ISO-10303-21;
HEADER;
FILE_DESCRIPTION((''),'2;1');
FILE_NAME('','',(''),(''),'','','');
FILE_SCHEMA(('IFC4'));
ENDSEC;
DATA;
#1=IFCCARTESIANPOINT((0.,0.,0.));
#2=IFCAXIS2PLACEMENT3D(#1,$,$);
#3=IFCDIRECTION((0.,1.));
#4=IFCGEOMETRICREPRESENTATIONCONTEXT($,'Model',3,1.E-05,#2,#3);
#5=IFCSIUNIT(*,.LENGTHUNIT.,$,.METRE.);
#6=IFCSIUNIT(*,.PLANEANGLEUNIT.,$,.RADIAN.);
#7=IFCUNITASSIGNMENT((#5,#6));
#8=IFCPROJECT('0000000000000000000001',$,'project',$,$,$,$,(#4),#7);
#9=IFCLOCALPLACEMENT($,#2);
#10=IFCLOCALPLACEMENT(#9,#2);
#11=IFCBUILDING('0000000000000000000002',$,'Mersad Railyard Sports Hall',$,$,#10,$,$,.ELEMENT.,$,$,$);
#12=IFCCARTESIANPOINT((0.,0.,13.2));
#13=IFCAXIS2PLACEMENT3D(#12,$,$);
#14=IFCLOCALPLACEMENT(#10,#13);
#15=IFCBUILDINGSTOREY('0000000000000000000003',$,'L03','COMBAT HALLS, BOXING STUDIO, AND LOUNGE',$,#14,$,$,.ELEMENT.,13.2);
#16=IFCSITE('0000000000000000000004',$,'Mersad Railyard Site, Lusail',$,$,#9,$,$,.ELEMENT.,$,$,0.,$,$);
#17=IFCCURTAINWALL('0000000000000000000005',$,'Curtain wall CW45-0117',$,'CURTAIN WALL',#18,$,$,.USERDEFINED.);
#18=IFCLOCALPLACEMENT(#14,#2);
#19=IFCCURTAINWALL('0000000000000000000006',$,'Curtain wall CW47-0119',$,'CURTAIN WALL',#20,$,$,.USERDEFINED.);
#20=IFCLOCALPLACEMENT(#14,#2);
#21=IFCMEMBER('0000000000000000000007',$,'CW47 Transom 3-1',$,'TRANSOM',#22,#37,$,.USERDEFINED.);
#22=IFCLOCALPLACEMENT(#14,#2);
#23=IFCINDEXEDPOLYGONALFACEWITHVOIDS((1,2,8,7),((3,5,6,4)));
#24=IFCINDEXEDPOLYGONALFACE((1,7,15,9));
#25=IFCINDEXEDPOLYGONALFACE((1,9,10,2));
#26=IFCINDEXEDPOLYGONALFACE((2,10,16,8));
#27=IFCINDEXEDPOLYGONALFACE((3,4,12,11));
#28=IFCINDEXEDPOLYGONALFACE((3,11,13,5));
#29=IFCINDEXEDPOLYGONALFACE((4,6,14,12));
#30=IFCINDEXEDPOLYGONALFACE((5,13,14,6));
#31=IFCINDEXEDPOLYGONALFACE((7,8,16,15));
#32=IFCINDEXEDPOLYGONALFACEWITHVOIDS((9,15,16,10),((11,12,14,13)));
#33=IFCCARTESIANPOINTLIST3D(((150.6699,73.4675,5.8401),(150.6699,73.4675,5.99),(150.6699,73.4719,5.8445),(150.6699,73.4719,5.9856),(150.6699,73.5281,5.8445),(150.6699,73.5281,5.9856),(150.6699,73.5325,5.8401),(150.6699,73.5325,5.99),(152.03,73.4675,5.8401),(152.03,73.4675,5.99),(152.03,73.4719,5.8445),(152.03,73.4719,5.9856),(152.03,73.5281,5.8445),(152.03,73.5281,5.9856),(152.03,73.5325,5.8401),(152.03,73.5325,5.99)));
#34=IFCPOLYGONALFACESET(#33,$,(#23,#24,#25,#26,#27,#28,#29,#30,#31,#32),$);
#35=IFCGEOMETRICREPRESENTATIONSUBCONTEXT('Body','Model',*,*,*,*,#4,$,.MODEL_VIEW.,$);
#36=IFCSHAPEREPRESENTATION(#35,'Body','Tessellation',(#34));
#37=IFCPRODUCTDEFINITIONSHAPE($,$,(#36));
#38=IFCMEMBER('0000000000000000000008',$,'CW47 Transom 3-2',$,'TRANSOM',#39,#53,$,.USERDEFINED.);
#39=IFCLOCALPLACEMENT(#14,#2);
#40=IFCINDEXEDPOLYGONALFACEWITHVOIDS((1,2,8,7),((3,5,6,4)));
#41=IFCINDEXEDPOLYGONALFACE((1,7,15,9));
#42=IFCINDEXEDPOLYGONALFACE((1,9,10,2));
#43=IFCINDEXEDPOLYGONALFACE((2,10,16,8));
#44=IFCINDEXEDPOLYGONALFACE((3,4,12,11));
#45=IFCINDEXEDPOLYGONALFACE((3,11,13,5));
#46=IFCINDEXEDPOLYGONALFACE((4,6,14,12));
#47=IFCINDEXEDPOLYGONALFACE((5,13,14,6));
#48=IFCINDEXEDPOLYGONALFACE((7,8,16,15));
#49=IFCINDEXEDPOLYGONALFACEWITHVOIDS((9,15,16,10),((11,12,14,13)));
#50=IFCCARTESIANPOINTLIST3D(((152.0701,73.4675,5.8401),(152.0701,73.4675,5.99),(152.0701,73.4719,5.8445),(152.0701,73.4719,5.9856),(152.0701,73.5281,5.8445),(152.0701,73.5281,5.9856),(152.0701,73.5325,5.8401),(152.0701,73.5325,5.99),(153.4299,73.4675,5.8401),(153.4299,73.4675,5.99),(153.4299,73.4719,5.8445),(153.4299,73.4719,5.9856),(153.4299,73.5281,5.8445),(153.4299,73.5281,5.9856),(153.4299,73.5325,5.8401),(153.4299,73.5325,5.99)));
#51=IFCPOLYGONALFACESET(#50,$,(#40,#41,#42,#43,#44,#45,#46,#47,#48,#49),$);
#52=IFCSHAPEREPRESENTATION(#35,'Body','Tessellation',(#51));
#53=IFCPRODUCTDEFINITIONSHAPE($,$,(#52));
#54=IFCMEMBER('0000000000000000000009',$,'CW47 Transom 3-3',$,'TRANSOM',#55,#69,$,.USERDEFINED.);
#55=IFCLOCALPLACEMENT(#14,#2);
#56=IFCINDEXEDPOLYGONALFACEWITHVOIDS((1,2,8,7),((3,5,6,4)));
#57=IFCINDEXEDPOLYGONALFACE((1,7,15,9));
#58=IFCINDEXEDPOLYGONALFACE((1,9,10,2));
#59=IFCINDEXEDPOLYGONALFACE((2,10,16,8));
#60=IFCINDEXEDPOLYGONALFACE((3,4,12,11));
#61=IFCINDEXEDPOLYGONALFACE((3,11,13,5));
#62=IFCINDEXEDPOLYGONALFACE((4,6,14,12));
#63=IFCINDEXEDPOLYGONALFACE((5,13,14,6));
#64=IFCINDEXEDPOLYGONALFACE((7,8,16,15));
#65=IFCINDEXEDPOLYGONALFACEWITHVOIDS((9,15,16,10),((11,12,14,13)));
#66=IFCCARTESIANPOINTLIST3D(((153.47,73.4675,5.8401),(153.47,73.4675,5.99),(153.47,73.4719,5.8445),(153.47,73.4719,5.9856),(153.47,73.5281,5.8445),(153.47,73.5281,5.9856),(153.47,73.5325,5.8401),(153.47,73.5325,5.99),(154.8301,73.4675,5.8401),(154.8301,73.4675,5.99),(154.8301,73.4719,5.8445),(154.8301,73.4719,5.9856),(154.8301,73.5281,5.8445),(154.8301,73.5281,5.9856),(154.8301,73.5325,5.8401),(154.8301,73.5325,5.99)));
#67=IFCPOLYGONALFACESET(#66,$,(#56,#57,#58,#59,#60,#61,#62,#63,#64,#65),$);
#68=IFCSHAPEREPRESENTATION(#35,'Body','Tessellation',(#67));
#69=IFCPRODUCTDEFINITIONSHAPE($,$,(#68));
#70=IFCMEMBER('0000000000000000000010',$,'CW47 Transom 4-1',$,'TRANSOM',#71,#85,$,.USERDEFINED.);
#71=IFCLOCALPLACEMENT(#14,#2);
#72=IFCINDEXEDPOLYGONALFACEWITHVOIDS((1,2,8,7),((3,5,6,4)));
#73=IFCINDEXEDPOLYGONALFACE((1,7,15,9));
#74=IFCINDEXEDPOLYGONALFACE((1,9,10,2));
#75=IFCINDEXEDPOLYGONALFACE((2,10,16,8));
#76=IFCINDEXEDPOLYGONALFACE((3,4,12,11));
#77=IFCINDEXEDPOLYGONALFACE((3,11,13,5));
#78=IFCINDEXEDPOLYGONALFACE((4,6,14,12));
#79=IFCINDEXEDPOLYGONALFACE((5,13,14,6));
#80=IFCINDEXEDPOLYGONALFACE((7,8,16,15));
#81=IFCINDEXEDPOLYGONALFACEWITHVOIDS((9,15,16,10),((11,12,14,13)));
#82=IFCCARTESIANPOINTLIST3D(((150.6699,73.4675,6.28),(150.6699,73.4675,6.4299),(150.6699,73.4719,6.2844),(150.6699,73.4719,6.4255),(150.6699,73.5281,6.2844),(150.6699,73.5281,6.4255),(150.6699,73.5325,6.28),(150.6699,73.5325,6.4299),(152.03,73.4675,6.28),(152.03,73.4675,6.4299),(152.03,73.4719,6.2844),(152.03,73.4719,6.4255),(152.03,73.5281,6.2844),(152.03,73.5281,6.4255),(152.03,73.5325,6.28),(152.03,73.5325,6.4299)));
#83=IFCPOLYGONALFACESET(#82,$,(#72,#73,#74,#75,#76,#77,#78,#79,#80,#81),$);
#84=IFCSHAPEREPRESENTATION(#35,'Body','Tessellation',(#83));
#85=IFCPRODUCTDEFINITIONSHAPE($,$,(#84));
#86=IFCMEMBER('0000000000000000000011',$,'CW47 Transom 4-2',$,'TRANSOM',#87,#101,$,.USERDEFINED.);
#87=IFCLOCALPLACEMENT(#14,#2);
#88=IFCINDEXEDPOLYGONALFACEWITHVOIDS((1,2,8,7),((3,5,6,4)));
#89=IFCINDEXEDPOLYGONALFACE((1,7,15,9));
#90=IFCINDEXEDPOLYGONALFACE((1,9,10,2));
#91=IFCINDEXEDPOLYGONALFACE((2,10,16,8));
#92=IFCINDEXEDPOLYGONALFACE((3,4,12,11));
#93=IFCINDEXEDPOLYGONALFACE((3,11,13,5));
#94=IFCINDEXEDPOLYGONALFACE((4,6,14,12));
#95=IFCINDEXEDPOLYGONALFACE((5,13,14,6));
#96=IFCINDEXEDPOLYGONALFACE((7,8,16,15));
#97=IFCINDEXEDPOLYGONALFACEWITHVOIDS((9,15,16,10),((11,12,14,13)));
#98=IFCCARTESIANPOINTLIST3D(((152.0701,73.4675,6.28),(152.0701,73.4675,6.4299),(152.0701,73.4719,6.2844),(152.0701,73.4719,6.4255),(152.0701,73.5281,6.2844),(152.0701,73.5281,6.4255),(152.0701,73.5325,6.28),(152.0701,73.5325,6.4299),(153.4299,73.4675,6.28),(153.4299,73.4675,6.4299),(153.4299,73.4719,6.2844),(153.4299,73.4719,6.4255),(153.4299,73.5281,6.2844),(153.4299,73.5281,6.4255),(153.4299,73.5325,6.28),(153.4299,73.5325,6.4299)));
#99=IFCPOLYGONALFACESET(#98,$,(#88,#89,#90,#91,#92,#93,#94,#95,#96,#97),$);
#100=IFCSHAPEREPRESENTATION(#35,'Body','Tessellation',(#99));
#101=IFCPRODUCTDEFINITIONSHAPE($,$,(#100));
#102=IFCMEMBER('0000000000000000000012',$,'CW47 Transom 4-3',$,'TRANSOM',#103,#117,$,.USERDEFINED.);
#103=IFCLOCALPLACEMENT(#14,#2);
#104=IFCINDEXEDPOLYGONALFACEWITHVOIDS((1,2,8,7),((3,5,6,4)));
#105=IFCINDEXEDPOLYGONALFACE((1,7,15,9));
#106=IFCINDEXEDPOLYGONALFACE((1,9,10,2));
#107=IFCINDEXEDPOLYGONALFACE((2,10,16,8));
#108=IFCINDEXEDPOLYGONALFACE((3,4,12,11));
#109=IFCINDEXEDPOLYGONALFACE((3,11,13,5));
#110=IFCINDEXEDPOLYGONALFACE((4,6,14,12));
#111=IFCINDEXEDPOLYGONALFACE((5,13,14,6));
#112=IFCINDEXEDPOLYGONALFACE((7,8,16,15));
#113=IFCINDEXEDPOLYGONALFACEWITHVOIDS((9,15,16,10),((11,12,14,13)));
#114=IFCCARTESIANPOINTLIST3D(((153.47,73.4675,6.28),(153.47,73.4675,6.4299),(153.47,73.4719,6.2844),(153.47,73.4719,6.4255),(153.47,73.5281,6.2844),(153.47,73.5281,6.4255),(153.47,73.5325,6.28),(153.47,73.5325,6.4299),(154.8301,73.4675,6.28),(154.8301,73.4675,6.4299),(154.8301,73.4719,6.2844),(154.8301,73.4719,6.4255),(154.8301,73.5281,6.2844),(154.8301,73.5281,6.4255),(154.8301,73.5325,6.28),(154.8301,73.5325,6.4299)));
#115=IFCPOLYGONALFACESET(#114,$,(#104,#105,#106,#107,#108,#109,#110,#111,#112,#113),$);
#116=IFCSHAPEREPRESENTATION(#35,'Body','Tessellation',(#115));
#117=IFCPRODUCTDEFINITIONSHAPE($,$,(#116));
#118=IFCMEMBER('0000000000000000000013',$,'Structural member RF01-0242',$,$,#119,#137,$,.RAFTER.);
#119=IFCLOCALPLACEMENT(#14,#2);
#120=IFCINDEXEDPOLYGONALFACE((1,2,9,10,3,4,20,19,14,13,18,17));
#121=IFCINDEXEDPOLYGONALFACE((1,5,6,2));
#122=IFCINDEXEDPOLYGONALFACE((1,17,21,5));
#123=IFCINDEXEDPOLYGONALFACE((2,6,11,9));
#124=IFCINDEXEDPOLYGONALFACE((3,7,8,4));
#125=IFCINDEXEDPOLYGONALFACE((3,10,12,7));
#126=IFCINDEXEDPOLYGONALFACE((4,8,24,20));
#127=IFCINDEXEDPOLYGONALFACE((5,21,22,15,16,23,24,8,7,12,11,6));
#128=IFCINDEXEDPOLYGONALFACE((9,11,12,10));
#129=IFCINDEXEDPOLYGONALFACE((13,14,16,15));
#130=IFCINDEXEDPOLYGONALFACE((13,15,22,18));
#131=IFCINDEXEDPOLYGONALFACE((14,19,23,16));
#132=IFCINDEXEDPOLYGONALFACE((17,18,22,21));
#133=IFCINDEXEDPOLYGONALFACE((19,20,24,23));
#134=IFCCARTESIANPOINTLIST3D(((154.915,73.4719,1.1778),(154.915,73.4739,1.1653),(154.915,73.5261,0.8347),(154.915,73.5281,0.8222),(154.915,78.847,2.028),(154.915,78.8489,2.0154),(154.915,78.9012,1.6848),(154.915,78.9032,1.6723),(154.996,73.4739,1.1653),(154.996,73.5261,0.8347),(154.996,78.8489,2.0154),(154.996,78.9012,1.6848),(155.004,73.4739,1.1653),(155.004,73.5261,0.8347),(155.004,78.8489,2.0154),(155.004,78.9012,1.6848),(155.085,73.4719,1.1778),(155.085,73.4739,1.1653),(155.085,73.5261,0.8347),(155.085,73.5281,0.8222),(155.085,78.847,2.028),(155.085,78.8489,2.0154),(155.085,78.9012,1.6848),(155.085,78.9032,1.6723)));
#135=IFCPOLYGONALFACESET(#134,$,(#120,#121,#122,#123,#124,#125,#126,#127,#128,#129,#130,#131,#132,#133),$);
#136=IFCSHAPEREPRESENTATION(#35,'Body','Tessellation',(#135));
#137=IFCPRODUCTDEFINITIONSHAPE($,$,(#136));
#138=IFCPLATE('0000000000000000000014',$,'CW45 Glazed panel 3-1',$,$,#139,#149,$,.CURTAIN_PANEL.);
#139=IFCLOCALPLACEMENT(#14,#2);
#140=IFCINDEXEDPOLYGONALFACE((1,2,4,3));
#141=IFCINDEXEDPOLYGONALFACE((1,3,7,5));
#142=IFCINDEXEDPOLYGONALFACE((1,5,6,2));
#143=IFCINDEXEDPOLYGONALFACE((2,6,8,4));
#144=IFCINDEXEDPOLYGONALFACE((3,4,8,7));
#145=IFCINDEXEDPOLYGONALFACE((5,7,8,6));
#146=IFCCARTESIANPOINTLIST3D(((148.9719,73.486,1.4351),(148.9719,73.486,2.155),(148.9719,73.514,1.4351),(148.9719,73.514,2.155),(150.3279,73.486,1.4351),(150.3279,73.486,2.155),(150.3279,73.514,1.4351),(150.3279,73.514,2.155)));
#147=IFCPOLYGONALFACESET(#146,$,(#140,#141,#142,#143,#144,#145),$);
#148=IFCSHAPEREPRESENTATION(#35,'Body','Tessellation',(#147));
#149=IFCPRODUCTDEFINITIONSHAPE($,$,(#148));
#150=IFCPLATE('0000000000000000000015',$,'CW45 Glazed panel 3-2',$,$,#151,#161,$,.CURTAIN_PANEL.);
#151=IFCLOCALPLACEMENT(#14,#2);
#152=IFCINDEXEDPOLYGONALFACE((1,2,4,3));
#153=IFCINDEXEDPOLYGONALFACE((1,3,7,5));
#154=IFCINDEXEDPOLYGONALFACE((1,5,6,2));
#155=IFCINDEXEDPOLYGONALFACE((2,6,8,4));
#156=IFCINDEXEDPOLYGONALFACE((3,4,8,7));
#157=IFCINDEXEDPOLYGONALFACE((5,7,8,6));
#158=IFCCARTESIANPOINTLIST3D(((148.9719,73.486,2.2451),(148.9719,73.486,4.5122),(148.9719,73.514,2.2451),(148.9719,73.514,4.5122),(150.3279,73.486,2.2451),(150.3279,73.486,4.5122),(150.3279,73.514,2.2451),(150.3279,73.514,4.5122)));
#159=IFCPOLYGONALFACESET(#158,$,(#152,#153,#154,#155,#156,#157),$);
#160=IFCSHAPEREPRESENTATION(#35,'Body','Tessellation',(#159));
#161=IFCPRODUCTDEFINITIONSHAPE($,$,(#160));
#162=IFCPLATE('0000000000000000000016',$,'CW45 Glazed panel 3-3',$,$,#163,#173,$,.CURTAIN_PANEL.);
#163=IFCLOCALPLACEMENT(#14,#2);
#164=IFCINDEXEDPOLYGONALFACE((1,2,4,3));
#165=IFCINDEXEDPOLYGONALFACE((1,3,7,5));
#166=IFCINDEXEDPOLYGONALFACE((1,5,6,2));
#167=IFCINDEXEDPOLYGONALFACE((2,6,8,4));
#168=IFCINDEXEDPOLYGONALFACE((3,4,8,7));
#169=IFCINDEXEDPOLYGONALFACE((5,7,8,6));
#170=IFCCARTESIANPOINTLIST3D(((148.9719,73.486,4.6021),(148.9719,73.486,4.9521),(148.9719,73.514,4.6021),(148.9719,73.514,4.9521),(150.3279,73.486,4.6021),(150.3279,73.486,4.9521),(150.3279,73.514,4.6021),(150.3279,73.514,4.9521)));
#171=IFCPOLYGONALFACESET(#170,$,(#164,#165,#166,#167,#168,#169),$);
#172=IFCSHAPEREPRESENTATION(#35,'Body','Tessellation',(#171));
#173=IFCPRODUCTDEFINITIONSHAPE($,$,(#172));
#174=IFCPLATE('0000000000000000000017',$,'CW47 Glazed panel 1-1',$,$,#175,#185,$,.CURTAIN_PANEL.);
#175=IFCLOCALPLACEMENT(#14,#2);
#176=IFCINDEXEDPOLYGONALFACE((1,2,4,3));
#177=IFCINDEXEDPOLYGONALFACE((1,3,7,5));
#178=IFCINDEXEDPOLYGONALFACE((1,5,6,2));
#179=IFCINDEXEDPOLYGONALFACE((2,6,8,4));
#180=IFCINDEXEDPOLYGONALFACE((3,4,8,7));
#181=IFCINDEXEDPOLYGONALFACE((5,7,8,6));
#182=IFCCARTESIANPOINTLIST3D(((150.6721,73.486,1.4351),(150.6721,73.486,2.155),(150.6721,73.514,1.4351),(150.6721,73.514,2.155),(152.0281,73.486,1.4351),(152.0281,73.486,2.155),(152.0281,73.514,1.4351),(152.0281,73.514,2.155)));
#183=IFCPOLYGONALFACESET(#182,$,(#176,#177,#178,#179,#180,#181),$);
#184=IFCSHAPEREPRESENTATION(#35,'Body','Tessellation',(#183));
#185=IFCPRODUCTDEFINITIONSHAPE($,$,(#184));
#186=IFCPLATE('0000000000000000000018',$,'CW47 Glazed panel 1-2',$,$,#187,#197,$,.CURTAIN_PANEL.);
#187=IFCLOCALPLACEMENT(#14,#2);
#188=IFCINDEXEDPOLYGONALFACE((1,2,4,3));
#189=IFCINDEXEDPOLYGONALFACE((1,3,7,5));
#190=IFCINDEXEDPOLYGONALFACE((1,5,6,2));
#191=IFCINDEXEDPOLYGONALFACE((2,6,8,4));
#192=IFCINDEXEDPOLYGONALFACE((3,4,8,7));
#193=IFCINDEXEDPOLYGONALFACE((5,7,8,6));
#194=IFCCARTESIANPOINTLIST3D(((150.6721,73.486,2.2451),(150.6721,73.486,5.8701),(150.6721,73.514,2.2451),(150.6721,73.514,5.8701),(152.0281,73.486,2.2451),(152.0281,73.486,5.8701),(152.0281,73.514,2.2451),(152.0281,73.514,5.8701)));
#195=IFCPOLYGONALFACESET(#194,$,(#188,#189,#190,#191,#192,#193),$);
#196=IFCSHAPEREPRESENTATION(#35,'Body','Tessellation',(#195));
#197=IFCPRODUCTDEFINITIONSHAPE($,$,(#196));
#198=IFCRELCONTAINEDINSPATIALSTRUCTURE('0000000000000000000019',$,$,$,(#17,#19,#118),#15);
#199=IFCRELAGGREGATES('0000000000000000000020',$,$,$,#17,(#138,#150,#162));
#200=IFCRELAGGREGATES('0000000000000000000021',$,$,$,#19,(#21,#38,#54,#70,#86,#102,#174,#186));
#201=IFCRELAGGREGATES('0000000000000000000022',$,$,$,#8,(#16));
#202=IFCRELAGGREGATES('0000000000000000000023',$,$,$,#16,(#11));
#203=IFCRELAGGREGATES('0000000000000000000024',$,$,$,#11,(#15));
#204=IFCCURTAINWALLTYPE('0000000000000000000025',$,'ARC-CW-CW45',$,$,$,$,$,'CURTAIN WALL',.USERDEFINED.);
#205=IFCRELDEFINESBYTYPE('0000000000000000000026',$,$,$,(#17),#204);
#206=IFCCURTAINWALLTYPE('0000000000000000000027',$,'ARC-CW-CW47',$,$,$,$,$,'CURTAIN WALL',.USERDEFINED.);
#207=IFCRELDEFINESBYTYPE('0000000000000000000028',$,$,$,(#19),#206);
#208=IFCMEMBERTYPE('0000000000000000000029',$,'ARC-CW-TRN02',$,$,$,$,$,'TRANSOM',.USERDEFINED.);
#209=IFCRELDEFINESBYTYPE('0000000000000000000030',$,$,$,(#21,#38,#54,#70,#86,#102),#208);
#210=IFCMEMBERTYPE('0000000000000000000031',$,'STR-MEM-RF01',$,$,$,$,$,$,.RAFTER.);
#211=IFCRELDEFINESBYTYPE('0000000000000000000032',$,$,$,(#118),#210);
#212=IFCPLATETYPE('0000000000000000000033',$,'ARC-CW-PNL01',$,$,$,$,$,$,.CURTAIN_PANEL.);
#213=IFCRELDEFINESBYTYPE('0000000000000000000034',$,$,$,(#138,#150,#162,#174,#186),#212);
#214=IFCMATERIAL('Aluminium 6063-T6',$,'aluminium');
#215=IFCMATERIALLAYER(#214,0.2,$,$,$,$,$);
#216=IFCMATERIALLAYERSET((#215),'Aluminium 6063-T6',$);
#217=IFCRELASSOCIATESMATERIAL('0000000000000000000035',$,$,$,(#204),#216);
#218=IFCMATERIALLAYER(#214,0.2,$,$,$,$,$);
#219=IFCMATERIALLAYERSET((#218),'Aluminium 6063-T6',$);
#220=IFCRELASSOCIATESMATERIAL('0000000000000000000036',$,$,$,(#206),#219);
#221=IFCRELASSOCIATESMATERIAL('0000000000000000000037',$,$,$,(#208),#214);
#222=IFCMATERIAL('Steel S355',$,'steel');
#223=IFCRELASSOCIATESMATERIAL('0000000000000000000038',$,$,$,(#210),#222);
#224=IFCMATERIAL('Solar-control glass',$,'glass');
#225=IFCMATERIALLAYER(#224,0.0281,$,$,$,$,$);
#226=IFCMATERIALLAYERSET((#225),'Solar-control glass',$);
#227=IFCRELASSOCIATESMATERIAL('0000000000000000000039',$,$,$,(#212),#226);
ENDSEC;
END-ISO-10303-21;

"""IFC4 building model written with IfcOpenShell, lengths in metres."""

from ifc_helpers import new_model, si_unit, direction, frame, origin, origin_2d, place, context, subcontext, project, spatial, rectangle, hollow_rectangle, i_section, extrude, material, layer, layer_set, material_profile, profile_set, type_object, element, aggregate, save


model = new_model("IFC4")

# Units and contexts
model_context = context("Model", 3, precision=1e-05, world=origin(), true_north=direction((0.0, 1.0)))
body_context = subcontext(model_context, "Body", "Model", "MODEL_VIEW")
ifc_project = project(units=[si_unit("LENGTHUNIT", "METRE"), si_unit("PLANEANGLEUNIT", "RADIAN")], contexts=[model_context])

# Site, building, storey
site_placement = place(None, origin())
site = spatial("IfcSite", under=ifc_project, at=site_placement, Name="Mersad Railyard Site, Lusail", CompositionType="ELEMENT", RefElevation=0.0)
building_placement = place(site_placement, origin())
building = spatial("IfcBuilding", under=site, at=building_placement, Name="Mersad Railyard Sports Hall", CompositionType="ELEMENT")
storey_placement = place(building_placement, frame((0.0, 0.0, 13.2)))
storey = spatial("IfcBuildingStorey", under=building, at=storey_placement, Name="L03", Description="COMBAT HALLS, BOXING STUDIO, AND LOUNGE", CompositionType="ELEMENT", Elevation=13.2)

# Curtain wall
ifc_material_1 = material(Name="Aluminium 6063-T6", Category="aluminium")
ifc_layer_1 = layer(ifc_material_1, 0.2)
ifc_layer_set_1 = layer_set([ifc_layer_1], Name="Aluminium 6063-T6")
curtain_wall_type_1 = type_object("IfcCurtainWallType", Name="ARC-CW-CW45", ElementType="CURTAIN WALL", PredefinedType="USERDEFINED", material=ifc_layer_set_1)
curtain_wall_1_placement = place(storey_placement, origin())
curtain_wall_1 = element("IfcCurtainWall", 1, at=curtain_wall_1_placement, inside=storey, type_object=curtain_wall_type_1, Name="Curtain wall CW45-0117", ObjectType="CURTAIN WALL", PredefinedType="USERDEFINED")

# Curtain wall, members
ifc_layer_2 = layer(ifc_material_1, 0.2)
ifc_layer_set_2 = layer_set([ifc_layer_2], Name="Aluminium 6063-T6")
curtain_wall_type_2 = type_object("IfcCurtainWallType", Name="ARC-CW-CW47", ElementType="CURTAIN WALL", PredefinedType="USERDEFINED", material=ifc_layer_set_2)
curtain_wall_2_placement = place(storey_placement, origin())
curtain_wall_2 = element("IfcCurtainWall", 2, at=curtain_wall_2_placement, inside=storey, type_object=curtain_wall_type_2, Name="Curtain wall CW47-0119", ObjectType="CURTAIN WALL", PredefinedType="USERDEFINED")
ifc_material_profile_1 = material_profile(ifc_material_1, hollow_rectangle(XDim=0.0649, YDim=0.1499, WallThickness=0.0044, at=origin_2d()), Name="AL TRANSOM 65x150x4.5")
ifc_profile_set_1 = profile_set([ifc_material_profile_1], Name="Aluminium 6063-T6")
member_type_1 = type_object("IfcMemberType", Name="ARC-CW-TRN02", ElementType="TRANSOM", PredefinedType="USERDEFINED", material=ifc_profile_set_1)
member_1_placement = place(storey_placement, frame((150.6699, 73.5, 5.915), z_axis=(1.0, 0.0, 0.0), x_axis=(0.0, 1.0, 0.0)))
member_1 = element("IfcMember", 3, at=member_1_placement, type_object=member_type_1, Name="CW47 Transom 3-1", ObjectType="TRANSOM", PredefinedType="USERDEFINED", context=body_context, shape_type="SweptSolid", body=[
    extrude(hollow_rectangle(XDim=0.0649, YDim=0.1499, WallThickness=0.0044, at=origin_2d()), origin(), (0.0, 0.0, 1.0), 1.3601),
])
member_2_placement = place(storey_placement, frame((152.0701, 73.5, 5.915), z_axis=(1.0, 0.0, 0.0), x_axis=(0.0, 1.0, 0.0)))
member_2 = element("IfcMember", 4, at=member_2_placement, type_object=member_type_1, Name="CW47 Transom 3-2", ObjectType="TRANSOM", PredefinedType="USERDEFINED", context=body_context, shape_type="SweptSolid", body=[
    extrude(hollow_rectangle(XDim=0.0649, YDim=0.1499, WallThickness=0.0044, at=origin_2d()), origin(), (0.0, 0.0, 1.0), 1.3599),
])
member_3_placement = place(storey_placement, frame((153.47, 73.5, 5.915), z_axis=(1.0, 0.0, 0.0), x_axis=(0.0, 1.0, 0.0)))
member_3 = element("IfcMember", 5, at=member_3_placement, type_object=member_type_1, Name="CW47 Transom 3-3", ObjectType="TRANSOM", PredefinedType="USERDEFINED", context=body_context, shape_type="SweptSolid", body=[
    extrude(hollow_rectangle(XDim=0.0649, YDim=0.1499, WallThickness=0.0044, at=origin_2d()), origin(), (0.0, 0.0, 1.0), 1.3601),
])
member_4_placement = place(storey_placement, frame((150.6699, 73.5, 6.355), z_axis=(1.0, 0.0, 0.0), x_axis=(0.0, 1.0, 0.0)))
member_4 = element("IfcMember", 6, at=member_4_placement, type_object=member_type_1, Name="CW47 Transom 4-1", ObjectType="TRANSOM", PredefinedType="USERDEFINED", context=body_context, shape_type="SweptSolid", body=[
    extrude(hollow_rectangle(XDim=0.0649, YDim=0.1499, WallThickness=0.0044, at=origin_2d()), origin(), (0.0, 0.0, 1.0), 1.3601),
])
member_5_placement = place(storey_placement, frame((152.0701, 73.5, 6.355), z_axis=(1.0, 0.0, 0.0), x_axis=(0.0, 1.0, 0.0)))
member_5 = element("IfcMember", 7, at=member_5_placement, type_object=member_type_1, Name="CW47 Transom 4-2", ObjectType="TRANSOM", PredefinedType="USERDEFINED", context=body_context, shape_type="SweptSolid", body=[
    extrude(hollow_rectangle(XDim=0.0649, YDim=0.1499, WallThickness=0.0044, at=origin_2d()), origin(), (0.0, 0.0, 1.0), 1.3599),
])
member_6_placement = place(storey_placement, frame((153.47, 73.5, 6.355), z_axis=(1.0, 0.0, 0.0), x_axis=(0.0, 1.0, 0.0)))
member_6 = element("IfcMember", 8, at=member_6_placement, type_object=member_type_1, Name="CW47 Transom 4-3", ObjectType="TRANSOM", PredefinedType="USERDEFINED", context=body_context, shape_type="SweptSolid", body=[
    extrude(hollow_rectangle(XDim=0.0649, YDim=0.1499, WallThickness=0.0044, at=origin_2d()), origin(), (0.0, 0.0, 1.0), 1.3601),
])

# Member
ifc_material_2 = material(Name="Steel S355", Category="steel")
ifc_material_profile_2 = material_profile(ifc_material_2, i_section(OverallWidth=0.1699, OverallDepth=0.3601, WebThickness=0.0081, FlangeThickness=0.0127, at=origin_2d()), Name="IPE 360")
ifc_profile_set_2 = profile_set([ifc_material_profile_2], Name="Steel S355")
member_type_2 = type_object("IfcMemberType", Name="STR-MEM-RF01", PredefinedType="RAFTER", material=ifc_profile_set_2)
member_7_placement = place(storey_placement, frame((155.0, 73.5, 1.0), z_axis=(0.0, 0.987723, 0.156216), x_axis=(-1.0, 0.0, 0.0)))
element("IfcMember", 9, at=member_7_placement, inside=storey, type_object=member_type_2, Name="Structural member RF01-0242", PredefinedType="RAFTER", context=body_context, shape_type="SweptSolid", body=[
    extrude(i_section(OverallWidth=0.1699, OverallDepth=0.3601, WebThickness=0.0081, FlangeThickness=0.0127, at=origin_2d()), origin(), (0.0, 0.0, 1.0), 5.4419),
])

# Plates
ifc_material_3 = material(Name="Solar-control glass", Category="glass")
ifc_layer_3 = layer(ifc_material_3, 0.0281)
ifc_layer_set_3 = layer_set([ifc_layer_3], Name="Solar-control glass")
plate_type = type_object("IfcPlateType", Name="ARC-CW-PNL01", PredefinedType="CURTAIN_PANEL", material=ifc_layer_set_3)
plate_1_placement = place(storey_placement, frame((149.6499, 73.5, 1.4351), z_axis=(0.0, 0.0, 1.0), x_axis=(1.0, 0.0, 0.0)))
plate_1 = element("IfcPlate", 10, at=plate_1_placement, type_object=plate_type, Name="CW45 Glazed panel 3-1", PredefinedType="CURTAIN_PANEL", context=body_context, shape_type="SweptSolid", body=[
    extrude(rectangle(XDim=1.356, YDim=0.0281, at=origin_2d()), origin(), (0.0, 0.0, 1.0), 0.72),
])
plate_2_placement = place(storey_placement, frame((149.6499, 73.5, 2.2451), z_axis=(0.0, 0.0, 1.0), x_axis=(1.0, 0.0, 0.0)))
plate_2 = element("IfcPlate", 11, at=plate_2_placement, type_object=plate_type, Name="CW45 Glazed panel 3-2", PredefinedType="CURTAIN_PANEL", context=body_context, shape_type="SweptSolid", body=[
    extrude(rectangle(XDim=1.356, YDim=0.0281, at=origin_2d()), origin(), (0.0, 0.0, 1.0), 2.2671),
])
plate_3_placement = place(storey_placement, frame((149.6499, 73.5, 4.6021), z_axis=(0.0, 0.0, 1.0), x_axis=(1.0, 0.0, 0.0)))
plate_3 = element("IfcPlate", 12, at=plate_3_placement, type_object=plate_type, Name="CW45 Glazed panel 3-3", PredefinedType="CURTAIN_PANEL", context=body_context, shape_type="SweptSolid", body=[
    extrude(rectangle(XDim=1.356, YDim=0.0281, at=origin_2d()), origin(), (0.0, 0.0, 1.0), 0.3501),
])
aggregate(curtain_wall_1, [plate_1, plate_2, plate_3])
plate_4_placement = place(storey_placement, frame((151.3501, 73.5, 1.4351), z_axis=(0.0, 0.0, 1.0), x_axis=(1.0, 0.0, 0.0)))
plate_4 = element("IfcPlate", 13, at=plate_4_placement, type_object=plate_type, Name="CW47 Glazed panel 1-1", PredefinedType="CURTAIN_PANEL", context=body_context, shape_type="SweptSolid", body=[
    extrude(rectangle(XDim=1.356, YDim=0.0281, at=origin_2d()), origin(), (0.0, 0.0, 1.0), 0.72),
])
plate_5_placement = place(storey_placement, frame((151.3501, 73.5, 2.2451), z_axis=(0.0, 0.0, 1.0), x_axis=(1.0, 0.0, 0.0)))
plate_5 = element("IfcPlate", 14, at=plate_5_placement, type_object=plate_type, Name="CW47 Glazed panel 1-2", PredefinedType="CURTAIN_PANEL", context=body_context, shape_type="SweptSolid", body=[
    extrude(rectangle(XDim=1.356, YDim=0.0281, at=origin_2d()), origin(), (0.0, 0.0, 1.0), 3.625),
])
aggregate(curtain_wall_2, [member_1, member_2, member_3, member_4, member_5, member_6, plate_4, plate_5])

save(model, "model.ifc")
